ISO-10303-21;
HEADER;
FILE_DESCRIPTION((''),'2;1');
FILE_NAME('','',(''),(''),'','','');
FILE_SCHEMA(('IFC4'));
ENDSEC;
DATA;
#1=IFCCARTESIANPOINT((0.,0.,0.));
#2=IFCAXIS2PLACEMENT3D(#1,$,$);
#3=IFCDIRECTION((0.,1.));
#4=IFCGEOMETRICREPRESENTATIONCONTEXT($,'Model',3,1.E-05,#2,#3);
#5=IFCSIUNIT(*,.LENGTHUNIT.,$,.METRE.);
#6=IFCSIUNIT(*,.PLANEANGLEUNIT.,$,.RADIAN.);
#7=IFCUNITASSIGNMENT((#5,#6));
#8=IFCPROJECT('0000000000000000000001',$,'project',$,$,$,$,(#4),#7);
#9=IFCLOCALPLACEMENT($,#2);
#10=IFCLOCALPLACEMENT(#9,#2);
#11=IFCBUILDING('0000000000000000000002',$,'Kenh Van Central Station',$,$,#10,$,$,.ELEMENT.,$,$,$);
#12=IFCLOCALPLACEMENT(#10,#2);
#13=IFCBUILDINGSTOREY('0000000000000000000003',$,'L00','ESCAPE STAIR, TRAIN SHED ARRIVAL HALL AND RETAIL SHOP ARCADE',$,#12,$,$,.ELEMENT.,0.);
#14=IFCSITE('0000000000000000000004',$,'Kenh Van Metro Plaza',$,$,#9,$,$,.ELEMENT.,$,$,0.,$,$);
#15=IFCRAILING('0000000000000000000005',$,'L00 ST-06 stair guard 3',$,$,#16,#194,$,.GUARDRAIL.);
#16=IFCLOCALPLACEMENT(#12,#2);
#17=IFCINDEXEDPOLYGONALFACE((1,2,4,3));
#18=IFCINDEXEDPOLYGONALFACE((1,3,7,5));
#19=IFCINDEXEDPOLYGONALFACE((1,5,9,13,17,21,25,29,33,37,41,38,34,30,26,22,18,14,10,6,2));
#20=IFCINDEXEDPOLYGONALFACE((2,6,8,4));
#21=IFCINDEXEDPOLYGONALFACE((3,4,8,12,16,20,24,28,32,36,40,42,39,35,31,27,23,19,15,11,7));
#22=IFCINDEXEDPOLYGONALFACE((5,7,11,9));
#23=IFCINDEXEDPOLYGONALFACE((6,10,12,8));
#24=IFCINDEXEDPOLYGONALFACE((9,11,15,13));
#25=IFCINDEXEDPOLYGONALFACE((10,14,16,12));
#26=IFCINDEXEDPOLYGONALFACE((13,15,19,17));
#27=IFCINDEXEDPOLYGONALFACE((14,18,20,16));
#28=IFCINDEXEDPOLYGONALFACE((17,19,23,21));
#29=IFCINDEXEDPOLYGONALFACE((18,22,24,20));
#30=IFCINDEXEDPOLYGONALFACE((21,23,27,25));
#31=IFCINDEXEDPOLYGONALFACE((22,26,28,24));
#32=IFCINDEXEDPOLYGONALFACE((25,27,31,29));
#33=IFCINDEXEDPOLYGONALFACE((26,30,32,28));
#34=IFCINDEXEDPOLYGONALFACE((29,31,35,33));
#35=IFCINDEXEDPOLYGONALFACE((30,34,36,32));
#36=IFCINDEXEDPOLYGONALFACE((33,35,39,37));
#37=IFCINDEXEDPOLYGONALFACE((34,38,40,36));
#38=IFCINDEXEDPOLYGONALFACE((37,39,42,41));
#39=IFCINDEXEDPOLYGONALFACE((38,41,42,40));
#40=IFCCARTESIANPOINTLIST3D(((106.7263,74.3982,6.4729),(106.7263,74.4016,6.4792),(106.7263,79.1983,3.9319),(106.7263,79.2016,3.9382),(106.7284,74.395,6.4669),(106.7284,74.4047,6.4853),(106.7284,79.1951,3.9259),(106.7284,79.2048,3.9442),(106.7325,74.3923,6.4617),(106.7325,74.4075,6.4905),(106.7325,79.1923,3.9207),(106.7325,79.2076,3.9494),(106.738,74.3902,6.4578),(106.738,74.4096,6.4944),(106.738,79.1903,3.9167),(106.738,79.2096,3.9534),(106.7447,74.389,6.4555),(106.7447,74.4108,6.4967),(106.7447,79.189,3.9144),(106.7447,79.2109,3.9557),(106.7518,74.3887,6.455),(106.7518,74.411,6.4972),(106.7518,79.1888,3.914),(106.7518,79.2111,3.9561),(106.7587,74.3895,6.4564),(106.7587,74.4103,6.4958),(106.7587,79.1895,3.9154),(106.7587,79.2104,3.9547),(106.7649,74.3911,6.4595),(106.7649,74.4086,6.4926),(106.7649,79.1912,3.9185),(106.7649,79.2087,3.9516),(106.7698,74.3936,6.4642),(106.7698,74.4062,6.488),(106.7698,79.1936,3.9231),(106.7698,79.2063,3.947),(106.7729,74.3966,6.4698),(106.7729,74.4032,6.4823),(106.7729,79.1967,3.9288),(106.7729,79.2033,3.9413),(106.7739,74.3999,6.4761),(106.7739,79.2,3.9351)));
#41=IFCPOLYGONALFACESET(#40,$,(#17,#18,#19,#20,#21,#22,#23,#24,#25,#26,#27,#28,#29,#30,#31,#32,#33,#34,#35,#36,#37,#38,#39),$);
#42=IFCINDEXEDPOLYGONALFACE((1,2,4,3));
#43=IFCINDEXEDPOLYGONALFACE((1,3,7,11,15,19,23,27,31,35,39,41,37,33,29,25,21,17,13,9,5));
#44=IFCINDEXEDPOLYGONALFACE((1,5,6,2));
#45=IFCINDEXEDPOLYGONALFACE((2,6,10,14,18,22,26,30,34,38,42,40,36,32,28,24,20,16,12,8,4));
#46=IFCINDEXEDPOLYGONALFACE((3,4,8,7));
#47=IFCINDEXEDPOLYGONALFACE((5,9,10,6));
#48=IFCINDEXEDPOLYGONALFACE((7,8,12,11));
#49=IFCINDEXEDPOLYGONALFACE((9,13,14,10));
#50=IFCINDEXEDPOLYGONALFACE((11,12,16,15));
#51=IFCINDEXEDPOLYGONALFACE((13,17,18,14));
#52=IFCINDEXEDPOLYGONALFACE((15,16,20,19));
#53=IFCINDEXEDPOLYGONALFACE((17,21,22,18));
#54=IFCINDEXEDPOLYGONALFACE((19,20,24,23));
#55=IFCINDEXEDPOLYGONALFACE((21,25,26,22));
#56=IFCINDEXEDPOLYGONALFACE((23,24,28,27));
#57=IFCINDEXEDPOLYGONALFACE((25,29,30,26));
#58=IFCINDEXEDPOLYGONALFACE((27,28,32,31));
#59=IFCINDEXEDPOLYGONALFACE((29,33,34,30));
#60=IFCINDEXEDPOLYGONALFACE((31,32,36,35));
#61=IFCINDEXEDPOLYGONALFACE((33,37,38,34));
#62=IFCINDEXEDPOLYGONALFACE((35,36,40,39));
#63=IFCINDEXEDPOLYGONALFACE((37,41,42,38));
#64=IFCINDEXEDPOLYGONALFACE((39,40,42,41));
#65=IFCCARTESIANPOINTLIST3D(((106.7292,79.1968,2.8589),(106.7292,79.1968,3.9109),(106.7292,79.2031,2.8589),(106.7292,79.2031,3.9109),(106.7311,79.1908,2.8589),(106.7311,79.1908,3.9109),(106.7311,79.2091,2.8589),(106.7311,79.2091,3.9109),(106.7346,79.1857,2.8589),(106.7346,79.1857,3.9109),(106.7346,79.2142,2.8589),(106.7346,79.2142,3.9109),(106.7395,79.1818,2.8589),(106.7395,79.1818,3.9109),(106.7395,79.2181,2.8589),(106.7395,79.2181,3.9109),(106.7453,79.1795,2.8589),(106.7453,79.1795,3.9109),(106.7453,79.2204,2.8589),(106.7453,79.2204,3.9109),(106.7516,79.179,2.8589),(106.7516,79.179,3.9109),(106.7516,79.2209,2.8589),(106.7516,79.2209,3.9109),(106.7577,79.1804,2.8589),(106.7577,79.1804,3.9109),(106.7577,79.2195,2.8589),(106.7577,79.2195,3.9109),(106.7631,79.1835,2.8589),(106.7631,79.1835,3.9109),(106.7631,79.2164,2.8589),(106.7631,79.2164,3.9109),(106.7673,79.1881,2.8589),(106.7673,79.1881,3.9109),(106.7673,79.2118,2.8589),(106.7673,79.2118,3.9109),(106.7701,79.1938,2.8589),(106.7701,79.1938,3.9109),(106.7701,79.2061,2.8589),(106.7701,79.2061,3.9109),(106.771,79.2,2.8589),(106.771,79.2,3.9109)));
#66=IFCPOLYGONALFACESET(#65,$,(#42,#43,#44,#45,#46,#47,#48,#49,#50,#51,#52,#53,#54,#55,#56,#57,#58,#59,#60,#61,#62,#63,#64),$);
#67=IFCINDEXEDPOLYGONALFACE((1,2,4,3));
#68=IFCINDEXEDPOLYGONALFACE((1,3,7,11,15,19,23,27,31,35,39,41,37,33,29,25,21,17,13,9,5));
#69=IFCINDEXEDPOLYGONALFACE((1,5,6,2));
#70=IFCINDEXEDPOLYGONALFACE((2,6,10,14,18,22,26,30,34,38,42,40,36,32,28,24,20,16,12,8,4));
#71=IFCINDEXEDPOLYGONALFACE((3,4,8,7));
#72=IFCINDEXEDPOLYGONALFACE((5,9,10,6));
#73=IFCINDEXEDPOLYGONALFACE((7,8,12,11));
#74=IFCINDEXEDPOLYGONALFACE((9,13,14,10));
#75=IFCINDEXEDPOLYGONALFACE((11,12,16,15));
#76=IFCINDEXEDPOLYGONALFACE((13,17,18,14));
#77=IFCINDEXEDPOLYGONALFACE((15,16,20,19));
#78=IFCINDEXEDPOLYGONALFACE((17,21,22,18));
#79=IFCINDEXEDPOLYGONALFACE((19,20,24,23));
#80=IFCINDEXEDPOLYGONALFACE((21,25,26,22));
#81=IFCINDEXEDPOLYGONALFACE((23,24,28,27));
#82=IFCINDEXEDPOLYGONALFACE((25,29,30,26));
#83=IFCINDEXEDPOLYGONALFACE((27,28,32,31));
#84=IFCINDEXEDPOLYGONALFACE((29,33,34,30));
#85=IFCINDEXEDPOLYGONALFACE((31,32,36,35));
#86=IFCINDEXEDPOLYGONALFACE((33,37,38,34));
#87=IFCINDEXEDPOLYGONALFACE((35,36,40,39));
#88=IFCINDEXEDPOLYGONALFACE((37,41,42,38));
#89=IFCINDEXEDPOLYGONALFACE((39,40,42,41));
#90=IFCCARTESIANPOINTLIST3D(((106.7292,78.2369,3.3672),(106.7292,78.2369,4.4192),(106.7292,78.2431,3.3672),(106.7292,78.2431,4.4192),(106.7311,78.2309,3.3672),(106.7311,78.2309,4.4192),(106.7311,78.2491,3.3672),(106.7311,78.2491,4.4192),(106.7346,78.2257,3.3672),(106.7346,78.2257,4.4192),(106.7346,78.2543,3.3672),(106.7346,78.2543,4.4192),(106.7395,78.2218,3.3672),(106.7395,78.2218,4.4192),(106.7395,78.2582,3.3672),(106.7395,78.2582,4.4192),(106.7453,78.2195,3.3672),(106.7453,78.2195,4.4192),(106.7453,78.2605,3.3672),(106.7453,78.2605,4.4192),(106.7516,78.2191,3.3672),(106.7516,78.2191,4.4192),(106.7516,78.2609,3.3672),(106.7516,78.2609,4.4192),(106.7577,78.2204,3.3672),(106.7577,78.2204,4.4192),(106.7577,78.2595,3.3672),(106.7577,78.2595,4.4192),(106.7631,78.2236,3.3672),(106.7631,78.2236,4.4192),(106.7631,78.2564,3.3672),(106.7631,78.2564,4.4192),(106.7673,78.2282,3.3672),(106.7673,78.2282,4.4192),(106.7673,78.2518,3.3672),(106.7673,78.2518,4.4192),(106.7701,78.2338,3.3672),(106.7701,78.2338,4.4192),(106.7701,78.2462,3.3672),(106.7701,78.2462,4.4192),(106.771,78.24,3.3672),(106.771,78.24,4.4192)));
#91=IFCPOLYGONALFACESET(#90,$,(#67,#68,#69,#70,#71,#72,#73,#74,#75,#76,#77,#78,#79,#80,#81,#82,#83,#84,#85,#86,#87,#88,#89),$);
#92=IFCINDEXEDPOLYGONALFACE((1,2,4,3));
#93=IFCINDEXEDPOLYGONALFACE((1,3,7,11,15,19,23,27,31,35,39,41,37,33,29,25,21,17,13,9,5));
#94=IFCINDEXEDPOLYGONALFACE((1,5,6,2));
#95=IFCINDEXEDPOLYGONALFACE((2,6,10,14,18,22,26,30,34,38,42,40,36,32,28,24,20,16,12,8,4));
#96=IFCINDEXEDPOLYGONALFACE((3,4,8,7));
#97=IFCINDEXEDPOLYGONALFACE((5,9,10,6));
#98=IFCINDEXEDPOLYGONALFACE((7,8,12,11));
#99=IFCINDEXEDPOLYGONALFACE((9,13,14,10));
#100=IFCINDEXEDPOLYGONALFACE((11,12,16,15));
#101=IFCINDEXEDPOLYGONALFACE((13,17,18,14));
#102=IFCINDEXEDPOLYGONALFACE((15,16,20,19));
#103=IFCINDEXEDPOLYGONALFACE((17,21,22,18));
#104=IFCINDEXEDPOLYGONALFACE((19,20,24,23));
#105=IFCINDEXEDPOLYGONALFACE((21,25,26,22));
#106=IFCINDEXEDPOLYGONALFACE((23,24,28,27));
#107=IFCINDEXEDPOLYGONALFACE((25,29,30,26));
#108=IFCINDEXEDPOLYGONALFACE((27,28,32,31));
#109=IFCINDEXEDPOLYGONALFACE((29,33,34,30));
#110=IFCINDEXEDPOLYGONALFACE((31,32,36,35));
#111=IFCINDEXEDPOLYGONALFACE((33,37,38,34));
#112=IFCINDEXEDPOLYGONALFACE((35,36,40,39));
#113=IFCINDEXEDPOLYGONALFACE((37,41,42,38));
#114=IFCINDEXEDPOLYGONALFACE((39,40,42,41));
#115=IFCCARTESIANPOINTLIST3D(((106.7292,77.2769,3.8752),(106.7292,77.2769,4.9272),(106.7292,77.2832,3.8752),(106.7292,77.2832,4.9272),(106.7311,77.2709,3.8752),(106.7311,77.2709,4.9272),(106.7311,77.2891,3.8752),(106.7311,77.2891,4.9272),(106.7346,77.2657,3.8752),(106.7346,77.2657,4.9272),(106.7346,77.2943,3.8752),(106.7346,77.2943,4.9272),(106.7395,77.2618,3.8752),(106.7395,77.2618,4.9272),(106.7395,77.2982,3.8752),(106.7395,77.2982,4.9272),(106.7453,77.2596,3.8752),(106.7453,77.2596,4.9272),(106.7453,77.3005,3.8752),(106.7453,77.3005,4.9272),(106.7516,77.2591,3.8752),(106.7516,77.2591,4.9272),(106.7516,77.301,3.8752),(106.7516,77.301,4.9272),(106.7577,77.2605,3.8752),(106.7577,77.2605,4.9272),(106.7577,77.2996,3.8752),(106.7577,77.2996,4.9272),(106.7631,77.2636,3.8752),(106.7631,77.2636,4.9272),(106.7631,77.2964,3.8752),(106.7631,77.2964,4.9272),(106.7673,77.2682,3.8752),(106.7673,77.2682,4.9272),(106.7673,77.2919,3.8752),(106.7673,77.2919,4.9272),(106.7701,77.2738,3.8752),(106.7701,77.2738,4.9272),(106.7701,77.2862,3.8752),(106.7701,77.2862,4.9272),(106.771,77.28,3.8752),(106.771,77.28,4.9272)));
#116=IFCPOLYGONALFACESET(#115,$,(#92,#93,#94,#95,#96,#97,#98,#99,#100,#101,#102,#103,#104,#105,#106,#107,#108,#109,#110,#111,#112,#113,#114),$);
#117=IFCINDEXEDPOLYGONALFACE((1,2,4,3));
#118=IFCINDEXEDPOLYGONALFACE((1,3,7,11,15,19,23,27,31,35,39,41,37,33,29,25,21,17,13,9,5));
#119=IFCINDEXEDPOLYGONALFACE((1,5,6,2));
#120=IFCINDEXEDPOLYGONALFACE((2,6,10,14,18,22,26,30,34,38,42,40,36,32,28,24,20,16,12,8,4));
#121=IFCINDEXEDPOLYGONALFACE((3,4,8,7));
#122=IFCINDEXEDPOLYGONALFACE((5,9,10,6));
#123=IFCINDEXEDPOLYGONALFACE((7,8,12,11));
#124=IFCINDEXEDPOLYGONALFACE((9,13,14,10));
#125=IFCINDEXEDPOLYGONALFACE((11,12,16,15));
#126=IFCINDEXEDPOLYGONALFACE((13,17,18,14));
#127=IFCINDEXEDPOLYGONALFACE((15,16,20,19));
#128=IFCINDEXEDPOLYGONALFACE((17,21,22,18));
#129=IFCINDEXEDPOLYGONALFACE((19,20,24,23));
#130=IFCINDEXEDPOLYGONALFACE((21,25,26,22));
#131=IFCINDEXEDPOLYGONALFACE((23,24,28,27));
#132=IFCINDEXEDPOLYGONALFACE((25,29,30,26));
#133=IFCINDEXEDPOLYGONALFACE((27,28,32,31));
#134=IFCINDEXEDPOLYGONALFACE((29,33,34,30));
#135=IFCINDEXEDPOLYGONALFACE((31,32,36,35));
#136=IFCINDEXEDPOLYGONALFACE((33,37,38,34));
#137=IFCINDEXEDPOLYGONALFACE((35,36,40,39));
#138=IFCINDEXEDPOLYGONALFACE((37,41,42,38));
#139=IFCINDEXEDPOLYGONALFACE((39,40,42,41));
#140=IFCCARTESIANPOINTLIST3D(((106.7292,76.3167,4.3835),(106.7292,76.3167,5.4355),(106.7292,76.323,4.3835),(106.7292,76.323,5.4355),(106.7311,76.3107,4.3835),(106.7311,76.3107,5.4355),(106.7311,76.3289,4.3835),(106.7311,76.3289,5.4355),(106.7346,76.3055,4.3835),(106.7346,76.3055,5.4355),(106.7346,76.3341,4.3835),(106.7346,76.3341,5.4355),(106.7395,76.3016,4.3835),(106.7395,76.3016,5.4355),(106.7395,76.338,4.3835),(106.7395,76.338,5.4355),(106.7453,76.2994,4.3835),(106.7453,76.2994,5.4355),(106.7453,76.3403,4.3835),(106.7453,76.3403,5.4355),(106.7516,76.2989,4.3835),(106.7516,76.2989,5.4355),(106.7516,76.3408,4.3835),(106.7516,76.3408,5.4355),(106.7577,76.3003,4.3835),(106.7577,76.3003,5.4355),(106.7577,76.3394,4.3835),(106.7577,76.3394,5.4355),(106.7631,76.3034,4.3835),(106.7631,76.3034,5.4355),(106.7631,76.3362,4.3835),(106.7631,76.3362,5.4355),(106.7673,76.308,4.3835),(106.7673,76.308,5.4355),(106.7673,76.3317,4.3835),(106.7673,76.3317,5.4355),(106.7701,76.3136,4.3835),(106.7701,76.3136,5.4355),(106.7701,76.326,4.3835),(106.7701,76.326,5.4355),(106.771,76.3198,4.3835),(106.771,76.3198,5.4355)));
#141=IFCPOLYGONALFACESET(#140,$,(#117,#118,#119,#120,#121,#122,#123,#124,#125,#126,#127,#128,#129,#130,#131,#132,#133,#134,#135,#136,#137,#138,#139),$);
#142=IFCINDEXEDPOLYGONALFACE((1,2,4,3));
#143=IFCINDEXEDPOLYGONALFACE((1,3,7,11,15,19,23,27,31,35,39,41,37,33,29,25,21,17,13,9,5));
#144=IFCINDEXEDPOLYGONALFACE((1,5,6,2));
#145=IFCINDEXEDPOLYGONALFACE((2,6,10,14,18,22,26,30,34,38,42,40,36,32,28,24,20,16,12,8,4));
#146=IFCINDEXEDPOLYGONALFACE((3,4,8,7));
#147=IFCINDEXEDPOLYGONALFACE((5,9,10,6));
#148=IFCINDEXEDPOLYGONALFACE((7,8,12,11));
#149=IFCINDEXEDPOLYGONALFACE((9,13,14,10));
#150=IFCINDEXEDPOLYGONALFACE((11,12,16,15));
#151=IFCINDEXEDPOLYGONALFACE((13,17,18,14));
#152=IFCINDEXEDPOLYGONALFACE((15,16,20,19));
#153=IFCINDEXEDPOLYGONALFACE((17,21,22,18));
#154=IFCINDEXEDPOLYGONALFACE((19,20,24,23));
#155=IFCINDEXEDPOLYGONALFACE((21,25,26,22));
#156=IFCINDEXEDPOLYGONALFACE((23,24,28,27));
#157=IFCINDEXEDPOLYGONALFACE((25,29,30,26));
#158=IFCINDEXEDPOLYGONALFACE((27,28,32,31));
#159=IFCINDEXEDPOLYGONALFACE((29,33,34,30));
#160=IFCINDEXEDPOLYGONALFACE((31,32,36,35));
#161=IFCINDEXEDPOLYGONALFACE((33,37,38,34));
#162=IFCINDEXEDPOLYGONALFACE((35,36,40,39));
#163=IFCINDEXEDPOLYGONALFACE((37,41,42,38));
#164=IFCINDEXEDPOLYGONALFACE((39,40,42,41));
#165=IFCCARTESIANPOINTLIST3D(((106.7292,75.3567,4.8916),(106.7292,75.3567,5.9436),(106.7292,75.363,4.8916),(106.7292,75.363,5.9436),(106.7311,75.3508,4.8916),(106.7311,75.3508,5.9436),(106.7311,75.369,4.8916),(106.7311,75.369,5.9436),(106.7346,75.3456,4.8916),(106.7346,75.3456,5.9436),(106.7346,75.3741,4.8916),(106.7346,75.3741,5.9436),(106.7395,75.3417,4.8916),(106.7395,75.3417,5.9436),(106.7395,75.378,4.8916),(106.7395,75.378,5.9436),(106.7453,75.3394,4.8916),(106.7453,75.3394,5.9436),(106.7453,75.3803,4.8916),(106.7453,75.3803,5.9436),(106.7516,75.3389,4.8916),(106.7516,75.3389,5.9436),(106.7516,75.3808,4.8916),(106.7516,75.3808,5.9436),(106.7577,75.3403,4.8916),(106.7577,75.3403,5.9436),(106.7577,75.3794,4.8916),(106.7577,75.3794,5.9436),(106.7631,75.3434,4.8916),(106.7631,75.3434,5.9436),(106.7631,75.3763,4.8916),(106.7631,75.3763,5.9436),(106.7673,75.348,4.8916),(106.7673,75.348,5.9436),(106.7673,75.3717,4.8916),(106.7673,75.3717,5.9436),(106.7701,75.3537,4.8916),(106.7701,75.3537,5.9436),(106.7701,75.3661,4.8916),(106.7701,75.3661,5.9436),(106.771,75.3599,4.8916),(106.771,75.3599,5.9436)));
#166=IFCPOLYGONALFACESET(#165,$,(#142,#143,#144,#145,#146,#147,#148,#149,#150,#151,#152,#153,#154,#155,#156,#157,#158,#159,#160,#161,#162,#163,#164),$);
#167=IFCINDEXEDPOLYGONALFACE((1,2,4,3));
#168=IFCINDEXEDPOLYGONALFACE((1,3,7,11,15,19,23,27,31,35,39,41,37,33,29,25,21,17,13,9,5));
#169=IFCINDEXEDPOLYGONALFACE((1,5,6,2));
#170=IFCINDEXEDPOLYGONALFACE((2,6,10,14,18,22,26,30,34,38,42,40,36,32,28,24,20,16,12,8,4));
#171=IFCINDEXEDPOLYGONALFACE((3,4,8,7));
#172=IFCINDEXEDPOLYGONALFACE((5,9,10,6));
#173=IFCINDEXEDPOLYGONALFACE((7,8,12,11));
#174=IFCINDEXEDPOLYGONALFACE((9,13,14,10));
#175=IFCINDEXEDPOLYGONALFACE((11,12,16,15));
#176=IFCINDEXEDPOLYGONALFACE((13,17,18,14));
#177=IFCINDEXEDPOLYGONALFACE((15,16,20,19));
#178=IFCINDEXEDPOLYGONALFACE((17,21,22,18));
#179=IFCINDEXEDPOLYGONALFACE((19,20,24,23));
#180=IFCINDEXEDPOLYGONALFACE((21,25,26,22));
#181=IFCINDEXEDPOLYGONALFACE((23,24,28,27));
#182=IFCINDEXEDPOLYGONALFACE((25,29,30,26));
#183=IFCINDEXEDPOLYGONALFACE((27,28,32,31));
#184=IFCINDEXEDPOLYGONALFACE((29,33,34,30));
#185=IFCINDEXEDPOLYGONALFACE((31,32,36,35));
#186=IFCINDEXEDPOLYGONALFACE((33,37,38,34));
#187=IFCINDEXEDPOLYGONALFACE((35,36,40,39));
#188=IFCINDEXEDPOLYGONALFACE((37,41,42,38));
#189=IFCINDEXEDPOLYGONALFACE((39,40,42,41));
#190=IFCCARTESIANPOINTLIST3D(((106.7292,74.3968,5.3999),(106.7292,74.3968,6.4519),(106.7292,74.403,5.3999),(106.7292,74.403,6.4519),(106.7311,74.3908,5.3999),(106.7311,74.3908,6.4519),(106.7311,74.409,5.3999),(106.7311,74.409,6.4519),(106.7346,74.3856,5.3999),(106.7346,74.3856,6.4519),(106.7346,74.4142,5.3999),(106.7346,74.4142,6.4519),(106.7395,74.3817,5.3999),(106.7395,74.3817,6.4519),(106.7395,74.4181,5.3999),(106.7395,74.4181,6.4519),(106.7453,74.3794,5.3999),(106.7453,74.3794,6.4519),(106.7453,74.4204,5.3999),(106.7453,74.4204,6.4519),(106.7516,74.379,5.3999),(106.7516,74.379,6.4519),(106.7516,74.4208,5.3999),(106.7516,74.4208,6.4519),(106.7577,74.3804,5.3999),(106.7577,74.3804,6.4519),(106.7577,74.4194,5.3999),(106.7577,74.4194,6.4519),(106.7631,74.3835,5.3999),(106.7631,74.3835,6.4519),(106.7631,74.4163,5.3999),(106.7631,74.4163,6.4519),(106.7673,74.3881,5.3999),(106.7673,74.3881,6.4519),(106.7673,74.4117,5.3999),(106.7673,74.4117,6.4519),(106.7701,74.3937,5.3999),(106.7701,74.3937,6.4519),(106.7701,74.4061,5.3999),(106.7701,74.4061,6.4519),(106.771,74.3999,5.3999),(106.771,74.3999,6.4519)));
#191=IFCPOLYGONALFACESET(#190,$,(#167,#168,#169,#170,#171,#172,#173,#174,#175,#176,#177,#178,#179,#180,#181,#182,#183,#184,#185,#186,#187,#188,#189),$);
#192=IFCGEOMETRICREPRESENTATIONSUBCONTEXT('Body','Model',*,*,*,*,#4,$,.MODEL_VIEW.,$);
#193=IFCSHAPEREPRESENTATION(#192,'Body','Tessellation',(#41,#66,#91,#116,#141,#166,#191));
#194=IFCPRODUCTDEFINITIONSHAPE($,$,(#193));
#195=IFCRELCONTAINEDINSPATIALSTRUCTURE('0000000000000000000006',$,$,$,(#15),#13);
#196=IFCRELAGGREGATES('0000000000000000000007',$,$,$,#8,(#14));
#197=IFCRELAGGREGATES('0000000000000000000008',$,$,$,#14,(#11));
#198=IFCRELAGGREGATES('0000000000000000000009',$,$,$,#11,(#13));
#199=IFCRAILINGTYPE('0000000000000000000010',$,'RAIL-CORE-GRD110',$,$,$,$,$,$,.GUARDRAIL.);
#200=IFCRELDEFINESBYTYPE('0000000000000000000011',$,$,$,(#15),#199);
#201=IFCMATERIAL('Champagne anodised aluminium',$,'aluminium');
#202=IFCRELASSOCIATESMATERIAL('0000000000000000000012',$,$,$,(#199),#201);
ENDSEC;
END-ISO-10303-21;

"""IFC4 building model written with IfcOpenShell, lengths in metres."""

from ifc_helpers import new_model, si_unit, direction, frame, origin, origin_2d, place, context, subcontext, project, spatial, circle, extrude, material, type_object, element, save


model = new_model("IFC4")

# Units and contexts
model_context = context("Model", 3, precision=1e-05, world=origin(), true_north=direction((0.0, 1.0)))
body_context = subcontext(model_context, "Body", "Model", "MODEL_VIEW")
ifc_project = project(units=[si_unit("LENGTHUNIT", "METRE"), si_unit("PLANEANGLEUNIT", "RADIAN")], contexts=[model_context])

# Site, building, storey
site_placement = place(None, origin())
site = spatial("IfcSite", under=ifc_project, at=site_placement, Name="Kenh Van Metro Plaza", CompositionType="ELEMENT", RefElevation=0.0)
building_placement = place(site_placement, origin())
building = spatial("IfcBuilding", under=site, at=building_placement, Name="Kenh Van Central Station", CompositionType="ELEMENT")
storey_placement = place(building_placement, origin())
storey = spatial("IfcBuildingStorey", under=building, at=storey_placement, Name="L00", Description="ESCAPE STAIR, TRAIN SHED ARRIVAL HALL AND RETAIL SHOP ARCADE", CompositionType="ELEMENT", Elevation=0.0)

# Shared definitions
ifc_material_1 = material(Name="Champagne anodised aluminium", Category="aluminium")

# Railing
railing_type_1 = type_object("IfcRailingType", Name="RAIL-CORE-GRD110", PredefinedType="GUARDRAIL", material=ifc_material_1)
railing_1_placement = place(storey_placement, frame((106.75, 79.2, 2.8589)))
element("IfcRailing", 1, at=railing_1_placement, inside=storey, type_object=railing_type_1, Name="L00 ST-06 stair guard 3", PredefinedType="GUARDRAIL", context=body_context, shape_type="SweptSolid", body=[
    extrude(circle(Radius=0.0239, at=origin_2d()), frame((0.0, 0.0, 1.0762), z_axis=(0.0, -0.883802, 0.467861), x_axis=(1.0, 0.0, 0.0)), (0.0, 0.0, 1.0), 5.4312),
    extrude(circle(Radius=0.021, at=origin_2d()), origin(), (0.0, 0.0, 1.0), 1.052),
    extrude(circle(Radius=0.021, at=origin_2d()), frame((0.0, -0.96, 0.5083)), (0.0, 0.0, 1.0), 1.052),
    extrude(circle(Radius=0.021, at=origin_2d()), frame((0.0, -1.9199, 1.0164)), (0.0, 0.0, 1.0), 1.052),
    extrude(circle(Radius=0.021, at=origin_2d()), frame((0.0, -2.8801, 1.5247)), (0.0, 0.0, 1.0), 1.052),
    extrude(circle(Radius=0.021, at=origin_2d()), frame((0.0, -3.8401, 2.0327)), (0.0, 0.0, 1.0), 1.052),
    extrude(circle(Radius=0.021, at=origin_2d()), frame((0.0, -4.8, 2.541)), (0.0, 0.0, 1.0), 1.052),
])

save(model, "model.ifc")
